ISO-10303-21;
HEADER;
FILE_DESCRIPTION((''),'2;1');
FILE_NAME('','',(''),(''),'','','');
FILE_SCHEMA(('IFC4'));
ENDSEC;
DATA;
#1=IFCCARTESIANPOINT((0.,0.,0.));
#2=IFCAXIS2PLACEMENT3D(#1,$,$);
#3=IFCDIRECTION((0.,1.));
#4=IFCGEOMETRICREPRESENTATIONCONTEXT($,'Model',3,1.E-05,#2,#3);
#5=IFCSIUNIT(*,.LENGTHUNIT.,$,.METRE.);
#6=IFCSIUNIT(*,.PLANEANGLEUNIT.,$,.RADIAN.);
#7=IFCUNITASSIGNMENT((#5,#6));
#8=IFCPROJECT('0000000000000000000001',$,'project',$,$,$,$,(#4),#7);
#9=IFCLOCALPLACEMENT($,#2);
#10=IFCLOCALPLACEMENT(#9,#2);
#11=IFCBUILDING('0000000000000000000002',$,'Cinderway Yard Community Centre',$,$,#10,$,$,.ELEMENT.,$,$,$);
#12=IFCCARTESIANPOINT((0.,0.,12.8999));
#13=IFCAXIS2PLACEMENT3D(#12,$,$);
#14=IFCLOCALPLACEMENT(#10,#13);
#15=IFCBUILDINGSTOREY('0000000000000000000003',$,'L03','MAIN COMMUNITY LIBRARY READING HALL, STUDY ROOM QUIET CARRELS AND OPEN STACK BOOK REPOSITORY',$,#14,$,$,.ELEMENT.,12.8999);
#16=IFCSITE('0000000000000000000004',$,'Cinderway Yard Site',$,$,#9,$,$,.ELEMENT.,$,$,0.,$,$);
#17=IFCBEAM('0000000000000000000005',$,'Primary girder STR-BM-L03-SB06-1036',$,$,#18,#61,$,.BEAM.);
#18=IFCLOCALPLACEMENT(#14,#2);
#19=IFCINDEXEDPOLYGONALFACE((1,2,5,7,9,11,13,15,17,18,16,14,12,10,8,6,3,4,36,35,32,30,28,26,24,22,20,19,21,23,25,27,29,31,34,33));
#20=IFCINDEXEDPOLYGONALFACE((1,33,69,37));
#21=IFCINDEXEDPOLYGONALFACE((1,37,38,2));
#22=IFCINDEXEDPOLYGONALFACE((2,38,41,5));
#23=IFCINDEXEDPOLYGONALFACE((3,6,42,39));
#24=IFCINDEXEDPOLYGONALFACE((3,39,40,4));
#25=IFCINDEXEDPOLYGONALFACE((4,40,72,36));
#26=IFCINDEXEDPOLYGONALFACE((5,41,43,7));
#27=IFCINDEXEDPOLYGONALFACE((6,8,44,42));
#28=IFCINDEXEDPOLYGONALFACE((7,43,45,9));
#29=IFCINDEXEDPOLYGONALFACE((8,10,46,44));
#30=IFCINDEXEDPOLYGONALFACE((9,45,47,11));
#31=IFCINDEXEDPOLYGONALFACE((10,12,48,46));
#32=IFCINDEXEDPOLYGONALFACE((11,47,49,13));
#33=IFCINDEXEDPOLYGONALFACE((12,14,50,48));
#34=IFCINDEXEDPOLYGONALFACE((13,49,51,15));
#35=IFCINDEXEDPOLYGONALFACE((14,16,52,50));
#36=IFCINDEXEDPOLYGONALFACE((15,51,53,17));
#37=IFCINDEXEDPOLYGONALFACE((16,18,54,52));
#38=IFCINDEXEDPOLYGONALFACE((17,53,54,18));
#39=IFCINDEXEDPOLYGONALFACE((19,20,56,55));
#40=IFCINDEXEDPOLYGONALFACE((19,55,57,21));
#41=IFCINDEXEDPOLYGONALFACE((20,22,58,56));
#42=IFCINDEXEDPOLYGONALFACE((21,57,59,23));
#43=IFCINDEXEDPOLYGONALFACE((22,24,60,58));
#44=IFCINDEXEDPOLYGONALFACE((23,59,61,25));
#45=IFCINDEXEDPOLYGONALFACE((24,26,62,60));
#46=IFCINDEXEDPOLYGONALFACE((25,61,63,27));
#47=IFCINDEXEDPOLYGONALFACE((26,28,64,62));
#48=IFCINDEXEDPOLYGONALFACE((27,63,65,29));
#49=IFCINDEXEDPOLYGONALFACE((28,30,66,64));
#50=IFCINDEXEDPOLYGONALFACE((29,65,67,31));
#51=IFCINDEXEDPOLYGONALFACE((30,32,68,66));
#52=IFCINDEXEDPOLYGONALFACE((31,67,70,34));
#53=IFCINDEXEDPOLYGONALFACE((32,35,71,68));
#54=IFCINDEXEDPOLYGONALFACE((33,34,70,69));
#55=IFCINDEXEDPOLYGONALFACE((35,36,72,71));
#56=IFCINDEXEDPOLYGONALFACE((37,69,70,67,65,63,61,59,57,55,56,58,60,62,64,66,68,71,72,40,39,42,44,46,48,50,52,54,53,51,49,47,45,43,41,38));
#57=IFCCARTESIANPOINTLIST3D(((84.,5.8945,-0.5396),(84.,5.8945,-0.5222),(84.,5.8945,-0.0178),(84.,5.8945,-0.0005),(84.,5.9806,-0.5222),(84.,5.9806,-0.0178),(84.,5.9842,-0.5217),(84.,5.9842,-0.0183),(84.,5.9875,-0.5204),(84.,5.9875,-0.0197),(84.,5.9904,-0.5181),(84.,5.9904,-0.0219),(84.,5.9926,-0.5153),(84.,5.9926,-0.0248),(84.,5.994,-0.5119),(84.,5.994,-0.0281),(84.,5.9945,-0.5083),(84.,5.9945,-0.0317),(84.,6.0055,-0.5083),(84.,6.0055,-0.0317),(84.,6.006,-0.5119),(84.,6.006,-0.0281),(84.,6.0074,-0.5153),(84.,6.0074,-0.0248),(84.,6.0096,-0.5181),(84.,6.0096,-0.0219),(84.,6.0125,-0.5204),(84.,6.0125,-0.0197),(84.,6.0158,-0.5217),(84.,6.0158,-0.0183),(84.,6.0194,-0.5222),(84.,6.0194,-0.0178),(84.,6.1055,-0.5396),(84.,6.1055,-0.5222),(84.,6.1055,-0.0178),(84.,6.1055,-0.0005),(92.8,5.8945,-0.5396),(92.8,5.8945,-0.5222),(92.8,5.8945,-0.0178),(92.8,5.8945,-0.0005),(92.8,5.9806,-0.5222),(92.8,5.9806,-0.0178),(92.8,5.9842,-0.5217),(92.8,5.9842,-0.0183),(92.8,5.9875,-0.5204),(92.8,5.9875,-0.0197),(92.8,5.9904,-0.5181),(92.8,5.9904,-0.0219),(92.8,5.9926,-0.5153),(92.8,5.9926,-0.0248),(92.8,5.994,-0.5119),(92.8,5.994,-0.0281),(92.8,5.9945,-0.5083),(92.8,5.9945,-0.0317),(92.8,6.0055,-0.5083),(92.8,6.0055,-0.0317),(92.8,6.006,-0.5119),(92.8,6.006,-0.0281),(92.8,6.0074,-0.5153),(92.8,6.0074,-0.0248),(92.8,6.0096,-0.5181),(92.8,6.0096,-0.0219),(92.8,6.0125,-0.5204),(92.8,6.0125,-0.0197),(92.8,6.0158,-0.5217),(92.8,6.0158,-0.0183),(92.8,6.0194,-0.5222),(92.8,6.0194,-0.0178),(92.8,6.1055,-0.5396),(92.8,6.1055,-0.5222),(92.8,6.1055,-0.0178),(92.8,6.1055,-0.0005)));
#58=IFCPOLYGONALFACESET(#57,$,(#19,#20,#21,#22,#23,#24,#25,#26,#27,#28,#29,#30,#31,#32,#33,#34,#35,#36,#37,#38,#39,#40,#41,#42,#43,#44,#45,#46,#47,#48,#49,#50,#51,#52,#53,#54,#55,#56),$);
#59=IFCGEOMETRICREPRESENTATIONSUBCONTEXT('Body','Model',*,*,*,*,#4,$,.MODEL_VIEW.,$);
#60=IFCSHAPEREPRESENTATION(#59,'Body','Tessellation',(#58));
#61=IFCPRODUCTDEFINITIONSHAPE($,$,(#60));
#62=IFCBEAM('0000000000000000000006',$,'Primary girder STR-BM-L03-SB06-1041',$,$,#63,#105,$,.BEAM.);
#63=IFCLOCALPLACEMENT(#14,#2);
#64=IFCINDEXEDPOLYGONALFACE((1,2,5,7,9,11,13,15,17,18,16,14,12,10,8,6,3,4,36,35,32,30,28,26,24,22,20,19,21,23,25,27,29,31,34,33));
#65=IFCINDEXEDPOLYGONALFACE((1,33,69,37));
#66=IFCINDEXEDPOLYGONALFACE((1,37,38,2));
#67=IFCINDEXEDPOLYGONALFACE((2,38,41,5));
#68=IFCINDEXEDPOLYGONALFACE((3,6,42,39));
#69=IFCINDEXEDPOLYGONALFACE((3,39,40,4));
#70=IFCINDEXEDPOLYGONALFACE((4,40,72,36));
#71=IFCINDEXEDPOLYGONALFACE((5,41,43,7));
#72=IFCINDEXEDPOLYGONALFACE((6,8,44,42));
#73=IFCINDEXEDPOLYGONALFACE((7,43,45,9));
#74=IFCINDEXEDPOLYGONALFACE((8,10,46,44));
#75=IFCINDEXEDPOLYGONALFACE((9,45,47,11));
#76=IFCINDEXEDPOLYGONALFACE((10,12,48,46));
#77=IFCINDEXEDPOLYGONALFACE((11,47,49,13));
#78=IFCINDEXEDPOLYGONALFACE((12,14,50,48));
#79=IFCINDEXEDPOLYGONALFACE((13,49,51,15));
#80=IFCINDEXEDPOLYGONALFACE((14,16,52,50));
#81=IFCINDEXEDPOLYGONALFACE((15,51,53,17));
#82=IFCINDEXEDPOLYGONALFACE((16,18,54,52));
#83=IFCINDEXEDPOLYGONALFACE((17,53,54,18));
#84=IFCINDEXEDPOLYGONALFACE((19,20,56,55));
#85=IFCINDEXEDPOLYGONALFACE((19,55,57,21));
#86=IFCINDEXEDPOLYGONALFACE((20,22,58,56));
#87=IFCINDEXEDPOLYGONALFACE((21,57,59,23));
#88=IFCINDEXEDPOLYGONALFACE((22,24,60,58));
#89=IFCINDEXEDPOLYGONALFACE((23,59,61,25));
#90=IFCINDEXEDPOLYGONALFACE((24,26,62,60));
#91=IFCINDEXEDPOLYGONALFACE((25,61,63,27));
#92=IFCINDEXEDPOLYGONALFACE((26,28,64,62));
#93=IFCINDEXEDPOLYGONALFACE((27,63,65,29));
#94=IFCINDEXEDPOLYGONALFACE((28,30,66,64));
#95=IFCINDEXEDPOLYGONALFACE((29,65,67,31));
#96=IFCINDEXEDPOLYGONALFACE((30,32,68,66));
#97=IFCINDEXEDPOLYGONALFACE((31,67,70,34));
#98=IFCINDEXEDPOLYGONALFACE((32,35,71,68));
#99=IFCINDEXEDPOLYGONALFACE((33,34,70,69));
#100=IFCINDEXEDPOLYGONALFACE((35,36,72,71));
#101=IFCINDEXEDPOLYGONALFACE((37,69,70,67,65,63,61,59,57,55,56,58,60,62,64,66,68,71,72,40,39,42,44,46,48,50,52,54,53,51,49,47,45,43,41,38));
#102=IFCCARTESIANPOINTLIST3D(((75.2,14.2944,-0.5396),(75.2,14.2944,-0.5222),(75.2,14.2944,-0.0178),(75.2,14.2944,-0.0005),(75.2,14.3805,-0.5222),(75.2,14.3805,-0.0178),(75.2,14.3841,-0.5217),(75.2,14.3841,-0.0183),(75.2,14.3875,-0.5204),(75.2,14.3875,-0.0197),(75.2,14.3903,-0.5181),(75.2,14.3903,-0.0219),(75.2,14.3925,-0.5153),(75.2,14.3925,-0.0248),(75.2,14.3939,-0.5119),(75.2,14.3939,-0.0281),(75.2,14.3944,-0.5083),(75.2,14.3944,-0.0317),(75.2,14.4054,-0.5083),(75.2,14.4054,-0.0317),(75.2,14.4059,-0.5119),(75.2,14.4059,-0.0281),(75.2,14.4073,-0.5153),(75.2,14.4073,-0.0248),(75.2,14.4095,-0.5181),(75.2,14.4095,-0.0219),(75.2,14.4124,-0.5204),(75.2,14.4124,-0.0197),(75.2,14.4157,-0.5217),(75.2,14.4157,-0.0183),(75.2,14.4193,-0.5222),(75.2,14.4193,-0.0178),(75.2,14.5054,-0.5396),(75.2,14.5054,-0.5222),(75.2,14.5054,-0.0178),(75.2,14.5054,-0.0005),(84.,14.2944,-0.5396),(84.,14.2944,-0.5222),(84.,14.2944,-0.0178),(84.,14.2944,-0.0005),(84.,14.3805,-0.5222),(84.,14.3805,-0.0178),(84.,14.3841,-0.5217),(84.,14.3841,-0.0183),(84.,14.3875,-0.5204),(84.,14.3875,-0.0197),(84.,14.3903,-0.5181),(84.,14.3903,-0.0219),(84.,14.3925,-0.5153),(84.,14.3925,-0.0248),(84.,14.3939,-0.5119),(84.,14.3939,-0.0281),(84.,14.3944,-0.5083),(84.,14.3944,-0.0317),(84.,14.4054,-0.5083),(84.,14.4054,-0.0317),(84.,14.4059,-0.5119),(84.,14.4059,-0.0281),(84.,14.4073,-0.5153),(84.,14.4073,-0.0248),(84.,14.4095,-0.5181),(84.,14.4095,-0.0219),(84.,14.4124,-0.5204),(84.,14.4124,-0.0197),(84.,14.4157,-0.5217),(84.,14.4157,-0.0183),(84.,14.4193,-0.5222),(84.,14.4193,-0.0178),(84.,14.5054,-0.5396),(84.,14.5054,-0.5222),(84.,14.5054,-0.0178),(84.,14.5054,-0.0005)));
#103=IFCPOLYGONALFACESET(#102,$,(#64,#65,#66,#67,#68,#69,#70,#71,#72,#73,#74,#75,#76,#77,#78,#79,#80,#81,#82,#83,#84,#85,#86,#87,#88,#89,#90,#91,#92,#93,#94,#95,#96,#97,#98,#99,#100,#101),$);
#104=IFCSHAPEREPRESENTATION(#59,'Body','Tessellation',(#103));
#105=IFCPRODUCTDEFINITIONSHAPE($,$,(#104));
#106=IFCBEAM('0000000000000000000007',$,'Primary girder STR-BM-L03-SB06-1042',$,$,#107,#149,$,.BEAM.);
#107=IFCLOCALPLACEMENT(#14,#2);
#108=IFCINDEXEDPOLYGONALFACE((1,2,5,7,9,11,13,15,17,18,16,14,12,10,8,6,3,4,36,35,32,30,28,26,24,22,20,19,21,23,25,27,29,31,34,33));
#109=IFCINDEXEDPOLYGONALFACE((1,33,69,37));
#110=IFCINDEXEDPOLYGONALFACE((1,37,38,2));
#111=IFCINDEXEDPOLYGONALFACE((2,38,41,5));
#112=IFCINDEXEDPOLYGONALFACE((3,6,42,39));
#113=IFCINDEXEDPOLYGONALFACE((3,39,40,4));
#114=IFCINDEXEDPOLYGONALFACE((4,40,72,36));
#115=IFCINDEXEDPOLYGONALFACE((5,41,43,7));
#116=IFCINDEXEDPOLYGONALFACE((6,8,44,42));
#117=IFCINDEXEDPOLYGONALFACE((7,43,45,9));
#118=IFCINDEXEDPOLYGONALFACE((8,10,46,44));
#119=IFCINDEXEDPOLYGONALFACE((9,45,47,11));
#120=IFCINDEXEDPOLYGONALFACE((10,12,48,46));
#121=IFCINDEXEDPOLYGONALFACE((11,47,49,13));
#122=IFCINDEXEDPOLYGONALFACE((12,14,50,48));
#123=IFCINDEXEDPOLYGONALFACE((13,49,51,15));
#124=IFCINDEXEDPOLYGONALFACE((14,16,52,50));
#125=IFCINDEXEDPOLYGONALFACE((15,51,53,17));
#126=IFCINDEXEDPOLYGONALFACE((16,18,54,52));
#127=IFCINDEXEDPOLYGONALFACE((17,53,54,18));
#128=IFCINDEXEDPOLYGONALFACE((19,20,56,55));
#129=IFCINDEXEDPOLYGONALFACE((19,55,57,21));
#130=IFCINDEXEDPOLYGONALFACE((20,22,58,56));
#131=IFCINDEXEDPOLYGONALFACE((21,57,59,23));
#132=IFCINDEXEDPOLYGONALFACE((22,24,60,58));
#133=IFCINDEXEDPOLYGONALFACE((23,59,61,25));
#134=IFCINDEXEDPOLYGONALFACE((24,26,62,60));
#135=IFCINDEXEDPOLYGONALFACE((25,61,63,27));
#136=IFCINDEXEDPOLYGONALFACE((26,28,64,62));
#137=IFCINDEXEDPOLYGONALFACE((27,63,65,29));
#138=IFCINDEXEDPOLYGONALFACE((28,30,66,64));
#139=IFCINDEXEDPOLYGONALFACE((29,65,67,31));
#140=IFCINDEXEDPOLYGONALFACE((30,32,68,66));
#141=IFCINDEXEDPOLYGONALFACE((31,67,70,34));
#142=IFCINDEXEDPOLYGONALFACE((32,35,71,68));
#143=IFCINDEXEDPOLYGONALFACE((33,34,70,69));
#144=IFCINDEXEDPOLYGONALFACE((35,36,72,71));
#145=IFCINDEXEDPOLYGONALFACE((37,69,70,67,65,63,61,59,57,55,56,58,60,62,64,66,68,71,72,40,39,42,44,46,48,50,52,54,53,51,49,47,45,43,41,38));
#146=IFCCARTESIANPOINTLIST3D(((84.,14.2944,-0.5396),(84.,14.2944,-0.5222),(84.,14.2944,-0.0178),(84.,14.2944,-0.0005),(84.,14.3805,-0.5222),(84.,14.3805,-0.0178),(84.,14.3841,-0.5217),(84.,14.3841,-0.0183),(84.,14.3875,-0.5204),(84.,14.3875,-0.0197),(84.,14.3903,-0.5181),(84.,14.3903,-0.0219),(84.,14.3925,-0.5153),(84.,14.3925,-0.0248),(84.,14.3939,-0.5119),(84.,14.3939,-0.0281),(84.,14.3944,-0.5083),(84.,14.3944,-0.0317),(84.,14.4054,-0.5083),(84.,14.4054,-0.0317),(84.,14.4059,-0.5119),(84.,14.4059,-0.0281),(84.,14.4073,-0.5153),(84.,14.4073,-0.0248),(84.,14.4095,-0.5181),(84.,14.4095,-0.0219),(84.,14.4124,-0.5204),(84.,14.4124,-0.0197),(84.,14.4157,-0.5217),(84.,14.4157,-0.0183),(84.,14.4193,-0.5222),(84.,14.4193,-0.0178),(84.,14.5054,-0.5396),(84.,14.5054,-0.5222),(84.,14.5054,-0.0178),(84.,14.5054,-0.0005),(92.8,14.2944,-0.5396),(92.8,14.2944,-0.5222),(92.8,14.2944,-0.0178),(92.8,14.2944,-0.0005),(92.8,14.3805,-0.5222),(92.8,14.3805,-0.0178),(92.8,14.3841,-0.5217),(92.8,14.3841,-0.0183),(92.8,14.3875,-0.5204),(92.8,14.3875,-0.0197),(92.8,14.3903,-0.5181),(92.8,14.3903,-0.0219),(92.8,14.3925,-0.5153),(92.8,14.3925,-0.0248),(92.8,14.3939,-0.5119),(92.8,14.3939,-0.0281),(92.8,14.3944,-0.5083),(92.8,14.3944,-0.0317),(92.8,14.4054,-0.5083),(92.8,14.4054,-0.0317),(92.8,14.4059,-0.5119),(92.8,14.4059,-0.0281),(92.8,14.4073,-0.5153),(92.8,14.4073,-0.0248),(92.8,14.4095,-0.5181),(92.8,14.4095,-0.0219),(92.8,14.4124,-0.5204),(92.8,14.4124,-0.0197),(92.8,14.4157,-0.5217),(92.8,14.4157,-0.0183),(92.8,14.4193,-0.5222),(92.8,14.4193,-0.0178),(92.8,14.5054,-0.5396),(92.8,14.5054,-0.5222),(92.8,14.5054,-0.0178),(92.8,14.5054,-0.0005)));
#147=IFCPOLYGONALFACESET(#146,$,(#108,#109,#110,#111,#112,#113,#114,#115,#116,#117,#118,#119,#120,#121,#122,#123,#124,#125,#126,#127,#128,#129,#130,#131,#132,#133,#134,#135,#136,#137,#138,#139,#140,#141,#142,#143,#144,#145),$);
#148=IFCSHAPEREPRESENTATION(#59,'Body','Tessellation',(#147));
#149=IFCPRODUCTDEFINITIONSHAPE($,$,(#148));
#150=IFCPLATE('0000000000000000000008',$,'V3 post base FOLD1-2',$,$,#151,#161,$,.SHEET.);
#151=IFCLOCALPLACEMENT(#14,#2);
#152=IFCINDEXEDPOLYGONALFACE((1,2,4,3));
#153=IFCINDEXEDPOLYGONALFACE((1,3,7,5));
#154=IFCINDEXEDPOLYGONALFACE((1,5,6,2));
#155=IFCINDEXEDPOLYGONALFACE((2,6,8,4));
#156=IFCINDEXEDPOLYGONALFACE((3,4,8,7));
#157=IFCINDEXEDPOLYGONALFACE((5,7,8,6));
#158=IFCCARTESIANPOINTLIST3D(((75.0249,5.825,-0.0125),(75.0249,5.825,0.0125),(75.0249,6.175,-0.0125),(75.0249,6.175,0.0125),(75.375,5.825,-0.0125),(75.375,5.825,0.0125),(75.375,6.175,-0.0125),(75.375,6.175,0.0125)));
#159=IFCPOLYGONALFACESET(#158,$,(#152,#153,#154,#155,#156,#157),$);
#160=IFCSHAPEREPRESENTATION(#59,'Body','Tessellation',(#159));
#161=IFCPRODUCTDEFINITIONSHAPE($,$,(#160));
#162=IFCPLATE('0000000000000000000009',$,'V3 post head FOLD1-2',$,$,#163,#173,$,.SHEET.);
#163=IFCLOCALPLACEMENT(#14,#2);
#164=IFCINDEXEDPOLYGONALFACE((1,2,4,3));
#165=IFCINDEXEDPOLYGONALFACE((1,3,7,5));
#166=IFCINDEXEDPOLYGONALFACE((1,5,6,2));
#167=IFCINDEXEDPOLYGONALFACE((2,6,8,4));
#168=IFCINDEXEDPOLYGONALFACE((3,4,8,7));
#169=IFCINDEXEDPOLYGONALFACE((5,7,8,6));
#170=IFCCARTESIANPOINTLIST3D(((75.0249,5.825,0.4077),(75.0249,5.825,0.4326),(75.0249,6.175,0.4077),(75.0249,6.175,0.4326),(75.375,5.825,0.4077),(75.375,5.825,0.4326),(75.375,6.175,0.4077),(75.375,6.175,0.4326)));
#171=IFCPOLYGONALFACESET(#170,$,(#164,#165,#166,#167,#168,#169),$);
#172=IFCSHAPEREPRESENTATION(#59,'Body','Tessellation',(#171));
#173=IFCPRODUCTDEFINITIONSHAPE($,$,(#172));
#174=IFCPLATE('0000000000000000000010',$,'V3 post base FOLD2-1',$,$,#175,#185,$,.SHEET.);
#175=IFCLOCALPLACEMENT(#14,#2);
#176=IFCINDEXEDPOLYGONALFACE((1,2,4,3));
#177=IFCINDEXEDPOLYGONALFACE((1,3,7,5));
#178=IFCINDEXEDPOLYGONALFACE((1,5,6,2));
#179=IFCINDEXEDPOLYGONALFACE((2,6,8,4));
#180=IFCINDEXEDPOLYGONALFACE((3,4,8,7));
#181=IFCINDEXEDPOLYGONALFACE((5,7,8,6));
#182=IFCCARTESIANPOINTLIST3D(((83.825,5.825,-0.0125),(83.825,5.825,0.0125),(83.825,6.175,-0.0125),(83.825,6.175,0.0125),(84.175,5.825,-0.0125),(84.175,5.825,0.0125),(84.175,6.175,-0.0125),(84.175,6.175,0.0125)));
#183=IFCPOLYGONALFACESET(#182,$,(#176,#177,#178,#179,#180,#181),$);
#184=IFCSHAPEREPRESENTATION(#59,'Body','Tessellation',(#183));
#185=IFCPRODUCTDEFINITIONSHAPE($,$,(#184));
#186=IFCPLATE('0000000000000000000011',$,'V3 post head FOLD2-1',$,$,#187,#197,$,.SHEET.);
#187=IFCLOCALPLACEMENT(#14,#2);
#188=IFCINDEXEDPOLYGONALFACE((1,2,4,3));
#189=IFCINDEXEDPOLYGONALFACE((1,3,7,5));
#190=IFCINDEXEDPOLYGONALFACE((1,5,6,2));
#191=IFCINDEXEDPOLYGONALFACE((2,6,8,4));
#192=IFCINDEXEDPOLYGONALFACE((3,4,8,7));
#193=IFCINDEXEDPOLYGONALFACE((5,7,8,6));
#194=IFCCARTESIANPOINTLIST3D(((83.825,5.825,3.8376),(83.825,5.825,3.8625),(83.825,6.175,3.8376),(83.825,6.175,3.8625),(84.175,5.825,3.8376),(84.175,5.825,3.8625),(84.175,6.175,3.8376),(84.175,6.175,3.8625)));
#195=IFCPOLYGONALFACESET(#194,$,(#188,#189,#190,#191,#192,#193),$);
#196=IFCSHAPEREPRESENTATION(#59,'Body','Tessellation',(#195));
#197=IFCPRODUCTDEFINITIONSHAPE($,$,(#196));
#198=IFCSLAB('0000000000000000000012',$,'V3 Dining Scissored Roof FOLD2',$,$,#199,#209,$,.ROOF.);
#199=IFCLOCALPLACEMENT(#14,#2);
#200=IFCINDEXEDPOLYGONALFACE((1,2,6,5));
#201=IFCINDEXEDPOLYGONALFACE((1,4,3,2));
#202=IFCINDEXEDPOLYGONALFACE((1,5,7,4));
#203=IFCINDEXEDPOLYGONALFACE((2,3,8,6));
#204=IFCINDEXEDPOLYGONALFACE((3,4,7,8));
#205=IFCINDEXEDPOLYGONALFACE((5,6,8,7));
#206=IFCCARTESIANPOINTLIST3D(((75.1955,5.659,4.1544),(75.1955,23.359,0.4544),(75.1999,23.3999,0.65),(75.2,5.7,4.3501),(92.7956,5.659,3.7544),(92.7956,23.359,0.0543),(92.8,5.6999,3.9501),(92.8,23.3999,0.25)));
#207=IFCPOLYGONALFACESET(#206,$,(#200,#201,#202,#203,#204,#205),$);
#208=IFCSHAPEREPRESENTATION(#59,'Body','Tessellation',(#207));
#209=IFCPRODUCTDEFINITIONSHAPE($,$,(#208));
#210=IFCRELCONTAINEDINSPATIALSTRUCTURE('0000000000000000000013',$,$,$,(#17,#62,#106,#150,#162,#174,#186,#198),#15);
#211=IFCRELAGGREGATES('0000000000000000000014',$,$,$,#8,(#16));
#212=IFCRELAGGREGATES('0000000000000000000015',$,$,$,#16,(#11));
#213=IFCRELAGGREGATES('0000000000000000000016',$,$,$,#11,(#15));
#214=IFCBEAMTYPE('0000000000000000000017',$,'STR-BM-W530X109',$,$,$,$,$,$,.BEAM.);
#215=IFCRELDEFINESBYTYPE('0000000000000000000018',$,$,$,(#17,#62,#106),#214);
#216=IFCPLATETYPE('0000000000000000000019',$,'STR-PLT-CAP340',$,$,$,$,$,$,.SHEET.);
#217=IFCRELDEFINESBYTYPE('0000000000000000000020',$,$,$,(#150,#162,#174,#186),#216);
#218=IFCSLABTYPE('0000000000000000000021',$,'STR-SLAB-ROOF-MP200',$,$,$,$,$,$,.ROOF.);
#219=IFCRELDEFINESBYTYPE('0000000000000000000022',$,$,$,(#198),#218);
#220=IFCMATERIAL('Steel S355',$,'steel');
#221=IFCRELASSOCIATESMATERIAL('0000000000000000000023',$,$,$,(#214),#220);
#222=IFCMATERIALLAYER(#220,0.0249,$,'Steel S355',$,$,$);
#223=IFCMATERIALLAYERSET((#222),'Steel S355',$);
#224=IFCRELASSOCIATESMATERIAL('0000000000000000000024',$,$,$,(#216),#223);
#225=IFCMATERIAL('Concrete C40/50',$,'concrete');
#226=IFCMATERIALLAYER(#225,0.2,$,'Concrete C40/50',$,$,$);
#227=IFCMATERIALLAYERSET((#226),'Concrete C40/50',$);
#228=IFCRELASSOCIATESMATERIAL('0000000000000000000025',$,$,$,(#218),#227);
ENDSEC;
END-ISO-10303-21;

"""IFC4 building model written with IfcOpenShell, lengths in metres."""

from ifc_helpers import new_model, si_unit, direction, frame, origin, origin_2d, place, context, subcontext, project, spatial, polyline, rectangle, i_section, outline, extrude, material, layer, layer_set, material_profile, profile_set, type_object, element, save


model = new_model("IFC4")

# Units and contexts
model_context = context("Model", 3, precision=1e-05, world=origin(), true_north=direction((0.0, 1.0)))
body_context = subcontext(model_context, "Body", "Model", "MODEL_VIEW")
ifc_project = project(units=[si_unit("LENGTHUNIT", "METRE"), si_unit("PLANEANGLEUNIT", "RADIAN")], contexts=[model_context])

# Site, building, storey
site_placement = place(None, origin())
site = spatial("IfcSite", under=ifc_project, at=site_placement, Name="Cinderway Yard Site", CompositionType="ELEMENT", RefElevation=0.0)
building_placement = place(site_placement, origin())
building = spatial("IfcBuilding", under=site, at=building_placement, Name="Cinderway Yard Community Centre", CompositionType="ELEMENT")
storey_placement = place(building_placement, frame((0.0, 0.0, 12.8999)))
storey = spatial("IfcBuildingStorey", under=building, at=storey_placement, Name="L03", Description="MAIN COMMUNITY LIBRARY READING HALL, STUDY ROOM QUIET CARRELS AND OPEN STACK BOOK REPOSITORY", CompositionType="ELEMENT", Elevation=12.8999)

# Shared definitions
ifc_material_1 = material(Name="Steel S355", Category="steel")

# Beams
ifc_material_profile_1 = material_profile(ifc_material_1, i_section(OverallWidth=0.2109, OverallDepth=0.5391, WebThickness=0.011, FlangeThickness=0.0173, FilletRadius=0.0139, at=origin_2d()), Name="Steel S355")
ifc_profile_set_1 = profile_set([ifc_material_profile_1], Name="Steel S355")
beam_type_1 = type_object("IfcBeamType", Name="STR-BM-W530X109", PredefinedType="BEAM", material=ifc_profile_set_1)
for number, where, z_axis, x_axis, name in (
    (1, (84.0, 6.0, -0.27), (1.0, 0.0, 0.0), (0.0, 1.0, 0.0), "Primary girder STR-BM-L03-SB06-1036"),
    (2, (75.2, 14.3999, -0.27), (1.0, 0.0, 0.0), (0.0, 1.0, 0.0), "Primary girder STR-BM-L03-SB06-1041"),
    (3, (84.0, 14.3999, -0.27), (1.0, 0.0, 0.0), (0.0, 1.0, 0.0), "Primary girder STR-BM-L03-SB06-1042"),
):
    element("IfcBeam", number, at=place(storey_placement, frame(where, z_axis=z_axis, x_axis=x_axis)), inside=storey, type_object=beam_type_1, Name=name, PredefinedType="BEAM", context=body_context, shape_type="SweptSolid", body=[
        extrude(i_section(OverallWidth=0.2109, OverallDepth=0.5391, WebThickness=0.011, FlangeThickness=0.0173, FilletRadius=0.0139, at=origin_2d()), origin(), (0.0, 0.0, 1.0), 8.8),
    ])

# Plates
ifc_layer_1 = layer(ifc_material_1, 0.0249, Name="Steel S355")
ifc_layer_set_1 = layer_set([ifc_layer_1], Name="Steel S355")
plate_type = type_object("IfcPlateType", Name="STR-PLT-CAP340", PredefinedType="SHEET", material=ifc_layer_set_1)
for number, where, z_axis, x_axis, name in (
    (4, (75.2, 6.0, -0.0125), (0.0, 0.0, 1.0), (1.0, 0.0, 0.0), "V3 post base FOLD1-2"),
    (5, (75.2, 6.0, 0.4077), (0.0, 0.0, 1.0), (1.0, 0.0, 0.0), "V3 post head FOLD1-2"),
    (6, (84.0, 6.0, -0.0125), (0.0, 0.0, 1.0), (1.0, 0.0, 0.0), "V3 post base FOLD2-1"),
    (7, (84.0, 6.0, 3.8376), (0.0, 0.0, 1.0), (1.0, 0.0, 0.0), "V3 post head FOLD2-1"),
):
    element("IfcPlate", number, at=place(storey_placement, frame(where, z_axis=z_axis, x_axis=x_axis)), inside=storey, type_object=plate_type, Name=name, PredefinedType="SHEET", context=body_context, shape_type="SweptSolid", body=[
        extrude(rectangle(XDim=0.3501, YDim=0.3501, at=origin_2d()), origin(), (0.0, 0.0, 1.0), 0.0249),
    ])

# Slab
ifc_material_2 = material(Name="Concrete C40/50", Category="concrete")
ifc_layer_2 = layer(ifc_material_2, 0.2, Name="Concrete C40/50")
ifc_layer_set_2 = layer_set([ifc_layer_2], Name="Concrete C40/50")
slab_type = type_object("IfcSlabType", Name="STR-SLAB-ROOF-MP200", PredefinedType="ROOF", material=ifc_layer_set_2)
slab_placement = place(storey_placement, frame((75.2, 5.7, 4.3501), z_axis=(0.022242, 0.204571, 0.978599), x_axis=(0.999742, -0.000001, -0.022722)))
element("IfcSlab", 8, at=slab_placement, inside=storey, type_object=slab_type, Name="V3 Dining Scissored Roof FOLD2", PredefinedType="ROOF", context=body_context, shape_type="SweptSolid", body=[
    extrude(outline(polyline([(0.0, 0.0), (17.6046, 0.0), (17.6887, 18.0824), (0.084, 18.0823), (0.0, 0.0)])), origin(), (0.0, 0.0, -1.0), 0.2),
])

save(model, "model.ifc")
